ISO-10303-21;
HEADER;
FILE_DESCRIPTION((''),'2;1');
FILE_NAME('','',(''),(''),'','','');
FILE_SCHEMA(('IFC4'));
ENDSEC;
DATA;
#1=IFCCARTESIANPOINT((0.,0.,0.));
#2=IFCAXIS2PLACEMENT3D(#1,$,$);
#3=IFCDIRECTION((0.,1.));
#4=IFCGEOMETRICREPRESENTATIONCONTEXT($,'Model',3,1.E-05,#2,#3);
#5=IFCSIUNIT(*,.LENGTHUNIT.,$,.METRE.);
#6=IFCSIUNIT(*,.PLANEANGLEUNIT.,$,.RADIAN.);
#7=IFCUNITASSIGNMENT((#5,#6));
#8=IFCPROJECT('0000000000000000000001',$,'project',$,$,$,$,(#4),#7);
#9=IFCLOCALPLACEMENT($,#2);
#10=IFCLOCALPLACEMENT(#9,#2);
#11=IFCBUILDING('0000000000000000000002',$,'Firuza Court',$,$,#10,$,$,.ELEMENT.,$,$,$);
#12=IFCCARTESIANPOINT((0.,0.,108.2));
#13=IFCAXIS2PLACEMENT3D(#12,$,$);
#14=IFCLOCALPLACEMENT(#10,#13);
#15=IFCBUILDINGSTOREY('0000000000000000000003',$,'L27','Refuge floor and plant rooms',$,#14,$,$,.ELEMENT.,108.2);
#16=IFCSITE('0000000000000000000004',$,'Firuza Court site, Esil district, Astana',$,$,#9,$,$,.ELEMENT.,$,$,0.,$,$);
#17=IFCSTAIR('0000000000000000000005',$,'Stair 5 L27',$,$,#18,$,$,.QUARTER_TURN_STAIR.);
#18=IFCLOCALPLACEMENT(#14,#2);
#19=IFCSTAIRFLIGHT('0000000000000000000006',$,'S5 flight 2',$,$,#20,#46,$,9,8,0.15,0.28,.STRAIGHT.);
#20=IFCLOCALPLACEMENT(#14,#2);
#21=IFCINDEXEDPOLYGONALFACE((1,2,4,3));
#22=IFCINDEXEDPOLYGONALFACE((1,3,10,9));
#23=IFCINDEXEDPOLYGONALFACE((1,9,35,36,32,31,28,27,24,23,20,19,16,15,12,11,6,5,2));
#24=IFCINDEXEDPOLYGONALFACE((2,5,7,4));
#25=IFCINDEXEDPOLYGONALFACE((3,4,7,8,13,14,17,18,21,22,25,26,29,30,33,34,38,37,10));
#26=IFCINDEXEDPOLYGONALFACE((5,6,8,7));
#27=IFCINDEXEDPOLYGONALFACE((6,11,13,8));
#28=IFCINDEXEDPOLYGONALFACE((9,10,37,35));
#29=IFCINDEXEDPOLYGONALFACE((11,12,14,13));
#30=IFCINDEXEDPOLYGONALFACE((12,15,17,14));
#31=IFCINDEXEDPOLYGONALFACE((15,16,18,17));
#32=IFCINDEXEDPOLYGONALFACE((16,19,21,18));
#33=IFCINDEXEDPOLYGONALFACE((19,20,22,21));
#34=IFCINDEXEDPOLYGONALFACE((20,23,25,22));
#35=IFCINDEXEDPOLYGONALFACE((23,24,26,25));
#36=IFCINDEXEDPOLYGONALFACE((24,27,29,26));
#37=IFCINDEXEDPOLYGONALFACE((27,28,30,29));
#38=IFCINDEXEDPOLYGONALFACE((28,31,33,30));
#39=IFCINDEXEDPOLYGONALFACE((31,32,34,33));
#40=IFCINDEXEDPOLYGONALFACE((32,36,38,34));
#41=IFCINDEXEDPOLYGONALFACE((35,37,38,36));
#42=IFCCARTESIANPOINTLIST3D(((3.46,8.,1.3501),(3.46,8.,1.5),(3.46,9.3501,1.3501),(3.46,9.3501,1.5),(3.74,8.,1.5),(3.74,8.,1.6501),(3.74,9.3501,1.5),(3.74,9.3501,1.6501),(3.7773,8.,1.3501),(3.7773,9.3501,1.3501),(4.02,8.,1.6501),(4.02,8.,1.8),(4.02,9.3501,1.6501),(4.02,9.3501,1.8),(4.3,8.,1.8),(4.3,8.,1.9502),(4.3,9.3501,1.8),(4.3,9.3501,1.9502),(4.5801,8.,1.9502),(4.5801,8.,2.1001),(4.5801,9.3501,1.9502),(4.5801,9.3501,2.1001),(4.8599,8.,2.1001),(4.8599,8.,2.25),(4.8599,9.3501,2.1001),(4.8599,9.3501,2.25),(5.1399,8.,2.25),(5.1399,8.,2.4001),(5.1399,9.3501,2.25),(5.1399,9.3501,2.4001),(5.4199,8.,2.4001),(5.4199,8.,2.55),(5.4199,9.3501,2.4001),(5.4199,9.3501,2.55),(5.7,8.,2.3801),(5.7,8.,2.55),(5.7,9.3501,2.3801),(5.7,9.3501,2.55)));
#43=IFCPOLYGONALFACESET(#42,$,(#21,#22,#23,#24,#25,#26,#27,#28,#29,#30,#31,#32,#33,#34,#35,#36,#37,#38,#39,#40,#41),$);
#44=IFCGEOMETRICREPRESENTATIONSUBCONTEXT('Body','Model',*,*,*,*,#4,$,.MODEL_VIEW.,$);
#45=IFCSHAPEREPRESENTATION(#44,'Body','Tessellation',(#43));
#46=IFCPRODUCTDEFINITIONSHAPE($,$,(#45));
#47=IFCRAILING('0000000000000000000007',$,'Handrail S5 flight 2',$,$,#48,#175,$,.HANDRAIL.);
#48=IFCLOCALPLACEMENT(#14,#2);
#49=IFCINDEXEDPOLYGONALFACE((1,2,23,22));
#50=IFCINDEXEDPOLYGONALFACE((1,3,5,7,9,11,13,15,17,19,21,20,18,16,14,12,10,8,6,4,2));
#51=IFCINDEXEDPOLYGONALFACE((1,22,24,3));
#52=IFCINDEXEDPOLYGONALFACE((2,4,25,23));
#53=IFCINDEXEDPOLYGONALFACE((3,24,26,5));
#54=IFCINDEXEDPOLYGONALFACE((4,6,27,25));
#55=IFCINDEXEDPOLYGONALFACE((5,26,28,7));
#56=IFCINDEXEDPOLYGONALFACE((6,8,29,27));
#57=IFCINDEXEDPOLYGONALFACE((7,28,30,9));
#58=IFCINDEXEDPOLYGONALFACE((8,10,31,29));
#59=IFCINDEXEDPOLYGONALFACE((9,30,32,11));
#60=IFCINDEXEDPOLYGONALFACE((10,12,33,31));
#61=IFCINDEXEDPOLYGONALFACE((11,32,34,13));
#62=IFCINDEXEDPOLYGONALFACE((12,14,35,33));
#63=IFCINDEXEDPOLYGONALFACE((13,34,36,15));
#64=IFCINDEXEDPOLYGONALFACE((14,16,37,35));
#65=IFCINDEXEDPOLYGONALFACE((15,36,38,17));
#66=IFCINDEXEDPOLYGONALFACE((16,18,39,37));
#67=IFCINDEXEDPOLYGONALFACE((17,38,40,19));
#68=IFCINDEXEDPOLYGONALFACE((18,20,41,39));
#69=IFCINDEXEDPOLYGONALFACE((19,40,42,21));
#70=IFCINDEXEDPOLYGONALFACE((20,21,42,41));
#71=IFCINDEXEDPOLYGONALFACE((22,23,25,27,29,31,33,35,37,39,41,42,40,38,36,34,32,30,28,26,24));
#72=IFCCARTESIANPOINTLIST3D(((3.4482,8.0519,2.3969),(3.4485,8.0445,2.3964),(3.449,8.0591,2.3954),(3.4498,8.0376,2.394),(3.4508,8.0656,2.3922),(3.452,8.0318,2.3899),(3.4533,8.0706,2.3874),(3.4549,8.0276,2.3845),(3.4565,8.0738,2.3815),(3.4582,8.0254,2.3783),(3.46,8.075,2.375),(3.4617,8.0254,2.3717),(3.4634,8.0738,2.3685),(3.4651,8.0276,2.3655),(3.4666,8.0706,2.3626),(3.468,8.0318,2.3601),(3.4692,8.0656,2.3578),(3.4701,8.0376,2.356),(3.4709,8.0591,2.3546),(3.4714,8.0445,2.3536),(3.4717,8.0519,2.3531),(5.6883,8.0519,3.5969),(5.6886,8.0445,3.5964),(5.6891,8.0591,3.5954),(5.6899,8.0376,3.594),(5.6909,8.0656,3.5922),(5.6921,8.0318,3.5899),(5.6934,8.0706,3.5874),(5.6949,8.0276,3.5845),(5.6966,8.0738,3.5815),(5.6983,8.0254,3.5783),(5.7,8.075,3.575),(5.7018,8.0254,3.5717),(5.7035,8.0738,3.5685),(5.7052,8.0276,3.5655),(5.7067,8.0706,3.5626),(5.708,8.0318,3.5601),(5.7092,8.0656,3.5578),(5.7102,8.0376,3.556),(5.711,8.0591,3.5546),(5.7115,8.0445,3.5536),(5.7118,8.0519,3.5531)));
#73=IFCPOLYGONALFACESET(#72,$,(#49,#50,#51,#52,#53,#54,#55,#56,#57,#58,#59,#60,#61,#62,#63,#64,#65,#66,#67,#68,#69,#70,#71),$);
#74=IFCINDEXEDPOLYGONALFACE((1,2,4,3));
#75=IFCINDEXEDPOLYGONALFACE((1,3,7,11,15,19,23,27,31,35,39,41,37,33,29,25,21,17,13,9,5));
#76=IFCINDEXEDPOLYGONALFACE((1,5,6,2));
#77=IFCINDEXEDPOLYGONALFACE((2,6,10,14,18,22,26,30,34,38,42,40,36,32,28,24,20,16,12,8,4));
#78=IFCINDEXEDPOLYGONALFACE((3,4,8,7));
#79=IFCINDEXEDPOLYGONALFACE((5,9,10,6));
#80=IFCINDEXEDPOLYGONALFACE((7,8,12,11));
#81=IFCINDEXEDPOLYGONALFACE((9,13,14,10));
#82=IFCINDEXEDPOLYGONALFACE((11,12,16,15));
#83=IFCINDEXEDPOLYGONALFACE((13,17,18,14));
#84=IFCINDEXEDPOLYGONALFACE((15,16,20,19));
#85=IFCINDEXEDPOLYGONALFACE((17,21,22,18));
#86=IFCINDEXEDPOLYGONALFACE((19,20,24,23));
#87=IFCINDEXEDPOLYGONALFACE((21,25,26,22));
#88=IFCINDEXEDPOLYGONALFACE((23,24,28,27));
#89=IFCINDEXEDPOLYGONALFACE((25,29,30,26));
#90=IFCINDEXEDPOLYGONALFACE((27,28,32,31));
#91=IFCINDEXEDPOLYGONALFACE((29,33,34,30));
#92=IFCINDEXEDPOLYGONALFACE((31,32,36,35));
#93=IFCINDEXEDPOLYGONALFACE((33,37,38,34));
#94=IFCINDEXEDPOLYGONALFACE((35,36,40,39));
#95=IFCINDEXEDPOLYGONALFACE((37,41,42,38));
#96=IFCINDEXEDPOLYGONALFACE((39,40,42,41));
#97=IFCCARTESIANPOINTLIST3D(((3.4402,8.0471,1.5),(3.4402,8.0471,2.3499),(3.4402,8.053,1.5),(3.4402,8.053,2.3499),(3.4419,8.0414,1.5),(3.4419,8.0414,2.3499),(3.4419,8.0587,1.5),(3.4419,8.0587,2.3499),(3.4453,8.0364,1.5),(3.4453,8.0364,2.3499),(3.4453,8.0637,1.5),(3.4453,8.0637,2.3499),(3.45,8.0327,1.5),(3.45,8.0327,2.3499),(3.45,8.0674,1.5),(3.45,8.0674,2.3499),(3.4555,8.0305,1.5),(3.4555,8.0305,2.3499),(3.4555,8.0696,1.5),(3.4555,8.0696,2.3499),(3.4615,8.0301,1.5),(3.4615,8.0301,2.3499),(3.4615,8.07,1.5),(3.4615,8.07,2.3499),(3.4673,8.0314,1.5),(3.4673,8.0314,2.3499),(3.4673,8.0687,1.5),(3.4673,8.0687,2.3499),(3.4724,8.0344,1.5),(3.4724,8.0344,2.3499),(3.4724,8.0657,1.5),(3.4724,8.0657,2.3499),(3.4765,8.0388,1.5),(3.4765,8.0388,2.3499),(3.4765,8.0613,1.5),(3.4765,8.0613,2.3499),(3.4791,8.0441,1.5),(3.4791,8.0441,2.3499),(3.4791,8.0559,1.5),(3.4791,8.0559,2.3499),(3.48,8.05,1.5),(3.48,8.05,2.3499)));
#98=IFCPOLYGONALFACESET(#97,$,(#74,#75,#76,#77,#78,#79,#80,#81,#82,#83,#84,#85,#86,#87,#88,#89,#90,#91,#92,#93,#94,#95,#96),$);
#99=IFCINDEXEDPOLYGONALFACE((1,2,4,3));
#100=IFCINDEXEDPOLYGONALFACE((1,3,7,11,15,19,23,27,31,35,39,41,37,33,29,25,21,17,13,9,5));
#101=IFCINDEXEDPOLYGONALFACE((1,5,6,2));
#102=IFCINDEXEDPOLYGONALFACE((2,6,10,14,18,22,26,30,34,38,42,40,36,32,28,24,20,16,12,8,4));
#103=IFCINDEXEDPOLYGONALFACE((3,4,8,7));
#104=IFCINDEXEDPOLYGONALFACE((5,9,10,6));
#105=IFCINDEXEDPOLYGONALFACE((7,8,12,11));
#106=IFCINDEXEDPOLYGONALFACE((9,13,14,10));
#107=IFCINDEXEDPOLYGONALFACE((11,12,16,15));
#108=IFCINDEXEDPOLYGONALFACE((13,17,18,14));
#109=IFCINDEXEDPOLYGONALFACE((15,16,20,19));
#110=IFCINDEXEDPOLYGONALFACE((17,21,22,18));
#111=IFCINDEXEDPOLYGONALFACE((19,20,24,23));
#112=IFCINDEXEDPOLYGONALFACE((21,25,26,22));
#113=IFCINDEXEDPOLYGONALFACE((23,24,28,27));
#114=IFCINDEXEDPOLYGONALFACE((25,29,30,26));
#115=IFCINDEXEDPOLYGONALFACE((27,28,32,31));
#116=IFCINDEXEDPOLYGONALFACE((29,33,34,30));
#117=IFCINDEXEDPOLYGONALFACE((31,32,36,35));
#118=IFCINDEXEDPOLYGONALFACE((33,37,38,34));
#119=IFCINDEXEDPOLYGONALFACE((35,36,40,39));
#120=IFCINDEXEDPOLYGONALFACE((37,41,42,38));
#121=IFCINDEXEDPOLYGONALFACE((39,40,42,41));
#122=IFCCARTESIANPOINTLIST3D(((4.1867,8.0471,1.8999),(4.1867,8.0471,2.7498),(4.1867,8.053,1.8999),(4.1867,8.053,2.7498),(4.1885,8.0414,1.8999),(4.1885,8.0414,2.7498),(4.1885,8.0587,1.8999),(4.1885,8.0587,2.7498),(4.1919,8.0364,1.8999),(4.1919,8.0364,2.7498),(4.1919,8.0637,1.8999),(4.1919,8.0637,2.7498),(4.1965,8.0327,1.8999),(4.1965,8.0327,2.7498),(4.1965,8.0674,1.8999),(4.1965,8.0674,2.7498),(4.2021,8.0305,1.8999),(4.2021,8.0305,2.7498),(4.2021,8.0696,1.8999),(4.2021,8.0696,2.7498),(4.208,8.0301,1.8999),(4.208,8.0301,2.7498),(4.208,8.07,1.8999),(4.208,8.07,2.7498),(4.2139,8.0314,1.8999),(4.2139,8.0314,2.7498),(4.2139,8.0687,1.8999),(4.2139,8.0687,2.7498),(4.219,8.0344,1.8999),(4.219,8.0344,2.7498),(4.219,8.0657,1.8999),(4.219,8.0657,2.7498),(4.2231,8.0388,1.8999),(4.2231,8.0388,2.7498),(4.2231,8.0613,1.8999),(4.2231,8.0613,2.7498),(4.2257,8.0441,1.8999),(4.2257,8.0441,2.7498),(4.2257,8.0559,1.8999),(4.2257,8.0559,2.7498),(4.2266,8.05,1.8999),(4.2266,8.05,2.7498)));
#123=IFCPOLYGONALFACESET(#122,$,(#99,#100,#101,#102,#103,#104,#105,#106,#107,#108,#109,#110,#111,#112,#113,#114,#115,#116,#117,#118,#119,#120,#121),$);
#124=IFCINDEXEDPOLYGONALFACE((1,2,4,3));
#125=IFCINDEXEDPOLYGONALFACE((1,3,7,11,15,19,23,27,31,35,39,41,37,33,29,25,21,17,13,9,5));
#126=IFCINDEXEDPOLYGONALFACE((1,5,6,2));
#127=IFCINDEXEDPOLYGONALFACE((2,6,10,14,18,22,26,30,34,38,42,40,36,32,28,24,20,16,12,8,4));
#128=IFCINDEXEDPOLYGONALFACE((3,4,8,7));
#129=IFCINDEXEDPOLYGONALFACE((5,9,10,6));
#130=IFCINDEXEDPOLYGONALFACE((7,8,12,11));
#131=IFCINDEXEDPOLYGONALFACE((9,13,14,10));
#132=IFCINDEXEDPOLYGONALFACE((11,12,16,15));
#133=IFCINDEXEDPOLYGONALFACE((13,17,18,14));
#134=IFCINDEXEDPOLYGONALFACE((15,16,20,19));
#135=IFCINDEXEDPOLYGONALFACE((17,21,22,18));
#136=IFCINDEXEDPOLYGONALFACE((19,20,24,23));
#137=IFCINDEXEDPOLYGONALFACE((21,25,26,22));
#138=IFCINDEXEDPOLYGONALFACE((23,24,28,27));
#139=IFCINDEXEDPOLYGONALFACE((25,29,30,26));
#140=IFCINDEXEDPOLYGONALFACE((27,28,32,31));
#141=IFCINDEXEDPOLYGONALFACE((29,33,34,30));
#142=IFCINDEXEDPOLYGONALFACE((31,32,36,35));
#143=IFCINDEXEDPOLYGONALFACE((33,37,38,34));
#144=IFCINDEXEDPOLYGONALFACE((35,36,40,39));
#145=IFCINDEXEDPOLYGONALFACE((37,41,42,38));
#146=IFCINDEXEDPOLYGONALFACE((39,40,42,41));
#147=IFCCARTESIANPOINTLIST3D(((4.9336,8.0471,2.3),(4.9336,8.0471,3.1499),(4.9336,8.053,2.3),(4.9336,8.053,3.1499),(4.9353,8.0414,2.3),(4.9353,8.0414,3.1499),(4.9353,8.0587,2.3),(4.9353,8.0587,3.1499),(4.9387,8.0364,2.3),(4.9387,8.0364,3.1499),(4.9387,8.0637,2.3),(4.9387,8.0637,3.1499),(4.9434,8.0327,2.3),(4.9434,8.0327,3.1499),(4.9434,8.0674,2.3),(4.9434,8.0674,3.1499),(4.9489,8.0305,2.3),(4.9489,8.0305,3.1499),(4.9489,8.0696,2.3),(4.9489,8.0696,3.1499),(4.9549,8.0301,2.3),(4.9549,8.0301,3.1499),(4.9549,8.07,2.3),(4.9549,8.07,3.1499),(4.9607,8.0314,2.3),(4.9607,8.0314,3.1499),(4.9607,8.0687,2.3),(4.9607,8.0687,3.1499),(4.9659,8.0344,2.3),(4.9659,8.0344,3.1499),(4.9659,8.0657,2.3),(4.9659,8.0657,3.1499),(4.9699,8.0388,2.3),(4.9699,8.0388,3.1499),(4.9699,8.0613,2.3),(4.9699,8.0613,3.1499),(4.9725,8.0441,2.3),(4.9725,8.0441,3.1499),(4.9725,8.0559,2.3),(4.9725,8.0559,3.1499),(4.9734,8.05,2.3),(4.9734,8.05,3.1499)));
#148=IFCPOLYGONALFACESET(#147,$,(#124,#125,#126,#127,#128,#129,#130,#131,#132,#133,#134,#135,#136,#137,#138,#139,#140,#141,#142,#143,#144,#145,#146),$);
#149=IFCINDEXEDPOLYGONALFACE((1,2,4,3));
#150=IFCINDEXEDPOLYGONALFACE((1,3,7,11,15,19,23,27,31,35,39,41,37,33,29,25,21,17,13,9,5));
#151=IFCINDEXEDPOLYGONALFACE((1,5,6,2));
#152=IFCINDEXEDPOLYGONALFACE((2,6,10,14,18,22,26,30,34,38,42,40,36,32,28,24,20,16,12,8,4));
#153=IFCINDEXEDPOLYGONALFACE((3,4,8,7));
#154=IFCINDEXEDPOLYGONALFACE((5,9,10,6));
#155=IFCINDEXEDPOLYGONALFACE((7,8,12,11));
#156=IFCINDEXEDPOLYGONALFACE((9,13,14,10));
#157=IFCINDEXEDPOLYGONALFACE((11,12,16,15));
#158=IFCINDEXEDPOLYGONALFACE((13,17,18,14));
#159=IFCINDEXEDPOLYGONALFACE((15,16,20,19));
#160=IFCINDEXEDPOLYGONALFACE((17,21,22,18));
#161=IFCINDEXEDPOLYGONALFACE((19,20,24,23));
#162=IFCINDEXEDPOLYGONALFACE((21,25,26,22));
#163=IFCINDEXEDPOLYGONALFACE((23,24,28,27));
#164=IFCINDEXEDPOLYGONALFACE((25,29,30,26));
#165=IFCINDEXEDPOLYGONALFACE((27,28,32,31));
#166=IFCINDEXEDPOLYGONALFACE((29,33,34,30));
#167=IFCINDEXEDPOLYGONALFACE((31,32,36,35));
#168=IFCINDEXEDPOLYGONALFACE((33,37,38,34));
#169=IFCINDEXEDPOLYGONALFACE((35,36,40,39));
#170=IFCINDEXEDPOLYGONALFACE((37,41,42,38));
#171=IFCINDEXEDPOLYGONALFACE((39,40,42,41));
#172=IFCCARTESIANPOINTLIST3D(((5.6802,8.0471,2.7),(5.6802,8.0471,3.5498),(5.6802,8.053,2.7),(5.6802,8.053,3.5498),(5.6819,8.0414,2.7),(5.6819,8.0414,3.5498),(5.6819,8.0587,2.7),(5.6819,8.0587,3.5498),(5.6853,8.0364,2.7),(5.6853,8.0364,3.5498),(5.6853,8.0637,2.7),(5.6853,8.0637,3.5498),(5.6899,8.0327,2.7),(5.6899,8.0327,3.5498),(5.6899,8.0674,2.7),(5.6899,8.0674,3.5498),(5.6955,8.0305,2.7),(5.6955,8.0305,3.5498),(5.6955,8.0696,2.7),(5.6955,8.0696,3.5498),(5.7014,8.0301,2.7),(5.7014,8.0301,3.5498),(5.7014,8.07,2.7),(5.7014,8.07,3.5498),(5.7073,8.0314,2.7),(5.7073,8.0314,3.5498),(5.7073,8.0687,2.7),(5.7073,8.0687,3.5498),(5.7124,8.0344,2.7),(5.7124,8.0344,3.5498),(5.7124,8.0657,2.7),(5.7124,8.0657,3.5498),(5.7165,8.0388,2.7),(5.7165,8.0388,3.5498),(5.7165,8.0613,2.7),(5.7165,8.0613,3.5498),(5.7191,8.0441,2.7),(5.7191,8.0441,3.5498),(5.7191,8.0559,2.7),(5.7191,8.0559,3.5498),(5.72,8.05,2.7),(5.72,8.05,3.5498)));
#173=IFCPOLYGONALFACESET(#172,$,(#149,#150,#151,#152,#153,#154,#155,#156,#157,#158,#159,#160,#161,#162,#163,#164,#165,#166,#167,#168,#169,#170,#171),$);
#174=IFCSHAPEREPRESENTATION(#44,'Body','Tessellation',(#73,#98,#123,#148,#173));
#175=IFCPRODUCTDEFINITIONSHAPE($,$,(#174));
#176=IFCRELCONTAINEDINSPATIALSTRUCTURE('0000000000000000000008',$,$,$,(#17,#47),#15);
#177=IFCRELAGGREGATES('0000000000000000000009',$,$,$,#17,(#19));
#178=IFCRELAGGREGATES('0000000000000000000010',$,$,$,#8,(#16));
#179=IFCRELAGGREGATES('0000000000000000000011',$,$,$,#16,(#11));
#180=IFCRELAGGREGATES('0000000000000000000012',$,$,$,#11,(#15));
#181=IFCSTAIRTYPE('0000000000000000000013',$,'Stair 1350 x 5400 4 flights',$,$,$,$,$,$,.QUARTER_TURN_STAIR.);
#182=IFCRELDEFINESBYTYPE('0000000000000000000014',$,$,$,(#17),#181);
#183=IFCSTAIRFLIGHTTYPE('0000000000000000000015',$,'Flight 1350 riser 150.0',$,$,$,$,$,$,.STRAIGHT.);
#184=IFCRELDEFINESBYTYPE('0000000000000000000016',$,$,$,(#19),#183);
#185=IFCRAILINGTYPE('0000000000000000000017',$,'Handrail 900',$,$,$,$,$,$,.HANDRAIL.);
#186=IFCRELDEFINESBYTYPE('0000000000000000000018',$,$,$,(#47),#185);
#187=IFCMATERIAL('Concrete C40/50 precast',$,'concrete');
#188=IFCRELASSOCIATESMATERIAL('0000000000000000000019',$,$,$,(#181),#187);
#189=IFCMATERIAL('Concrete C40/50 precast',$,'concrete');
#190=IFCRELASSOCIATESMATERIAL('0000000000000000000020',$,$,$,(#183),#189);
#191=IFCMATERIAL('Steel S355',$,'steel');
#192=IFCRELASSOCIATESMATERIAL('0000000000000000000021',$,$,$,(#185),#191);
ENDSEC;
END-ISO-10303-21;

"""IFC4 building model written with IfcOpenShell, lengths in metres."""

from ifc_helpers import new_model, si_unit, direction, frame, origin, origin_2d, place, context, subcontext, project, spatial, polyline, circle, outline, extrude, material, type_object, element, aggregate, save


model = new_model("IFC4")

# Units and contexts
model_context = context("Model", 3, precision=1e-05, world=origin(), true_north=direction((0.0, 1.0)))
body_context = subcontext(model_context, "Body", "Model", "MODEL_VIEW")
ifc_project = project(units=[si_unit("LENGTHUNIT", "METRE"), si_unit("PLANEANGLEUNIT", "RADIAN")], contexts=[model_context])

# Site, building, storey
site_placement = place(None, origin())
site = spatial("IfcSite", under=ifc_project, at=site_placement, Name="Firuza Court site, Esil district, Astana", CompositionType="ELEMENT", RefElevation=0.0)
building_placement = place(site_placement, origin())
building = spatial("IfcBuilding", under=site, at=building_placement, Name="Firuza Court", CompositionType="ELEMENT")
storey_placement = place(building_placement, frame((0.0, 0.0, 108.2)))
storey = spatial("IfcBuildingStorey", under=building, at=storey_placement, Name="L27", Description="Refuge floor and plant rooms", CompositionType="ELEMENT", Elevation=108.2)

# Stair, stair flight
ifc_material_1 = material(Name="Concrete C40/50 precast", Category="concrete")
stair_type = type_object("IfcStairType", Name="Stair 1350 x 5400 4 flights", PredefinedType="QUARTER_TURN_STAIR", material=ifc_material_1)
stair_placement = place(storey_placement, origin())
stair = element("IfcStair", 1, at=stair_placement, inside=storey, type_object=stair_type, Name="Stair 5 L27", PredefinedType="QUARTER_TURN_STAIR")
ifc_material_2 = material(Name="Concrete C40/50 precast", Category="concrete")
stair_flight_type = type_object("IfcStairFlightType", Name="Flight 1350 riser 150.0", PredefinedType="STRAIGHT", material=ifc_material_2)
stair_flight_placement = place(storey_placement, frame((3.46, 8.675, 1.3501), z_axis=(0.0, 0.0, 1.0), x_axis=(1.0, 0.0, 0.0)))
stair_flight = element("IfcStairFlight", 2, at=stair_flight_placement, type_object=stair_flight_type, Name="S5 flight 2", NumberOfRisers=9, NumberOfTreads=8, PredefinedType="STRAIGHT", RiserHeight=0.15, TreadLength=0.28, context=body_context, shape_type="SweptSolid", body=[
    extrude(outline(polyline([(0.0, 0.0), (0.0, 0.1499), (0.28, 0.1499), (0.28, 0.3), (0.5601, 0.3), (0.5601, 0.45), (0.8401, 0.45), (0.8401, 0.6001), (1.1201, 0.6001), (1.1201, 0.75), (1.3999, 0.75), (1.3999, 0.8999), (1.6799, 0.8999), (1.6799, 1.05), (1.96, 1.05), (1.96, 1.2), (2.24, 1.2), (2.24, 1.3501), (2.24, 1.03), (0.3174, 0.0), (0.0, 0.0)])), frame((0.0, 0.675, 0.0), z_axis=(0.0, -1.0, 0.0), x_axis=(1.0, 0.0, 0.0)), (0.0, 0.0, 1.0), 1.3501),
])
aggregate(stair, [stair_flight])

# Railing
ifc_material_3 = material(Name="Steel S355", Category="steel")
railing_type = type_object("IfcRailingType", Name="Handrail 900", PredefinedType="HANDRAIL", material=ifc_material_3)
railing_1_placement = place(storey_placement, frame((3.46, 8.05, 1.5)))
element("IfcRailing", 3, at=railing_1_placement, inside=storey, type_object=railing_type, Name="Handrail S5 flight 2", PredefinedType="HANDRAIL", context=body_context, shape_type="SweptSolid", body=[
    extrude(circle(Radius=0.0249, at=origin_2d()), frame((0.0, 0.0, 0.875), z_axis=(0.881487, 0.0, 0.472208), x_axis=(0.0, 1.0, 0.0)), (0.0, 0.0, 1.0), 2.5413),
    extrude(circle(Radius=0.02, at=origin_2d()), origin(), (0.0, 0.0, 1.0), 0.8499),
    extrude(circle(Radius=0.02, at=origin_2d()), frame((0.7466, 0.0, 0.3999)), (0.0, 0.0, 1.0), 0.8499),
    extrude(circle(Radius=0.02, at=origin_2d()), frame((1.4934, 0.0, 0.8)), (0.0, 0.0, 1.0), 0.8499),
    extrude(circle(Radius=0.02, at=origin_2d()), frame((2.24, 0.0, 1.2)), (0.0, 0.0, 1.0), 0.8499),
])

save(model, "model.ifc")
